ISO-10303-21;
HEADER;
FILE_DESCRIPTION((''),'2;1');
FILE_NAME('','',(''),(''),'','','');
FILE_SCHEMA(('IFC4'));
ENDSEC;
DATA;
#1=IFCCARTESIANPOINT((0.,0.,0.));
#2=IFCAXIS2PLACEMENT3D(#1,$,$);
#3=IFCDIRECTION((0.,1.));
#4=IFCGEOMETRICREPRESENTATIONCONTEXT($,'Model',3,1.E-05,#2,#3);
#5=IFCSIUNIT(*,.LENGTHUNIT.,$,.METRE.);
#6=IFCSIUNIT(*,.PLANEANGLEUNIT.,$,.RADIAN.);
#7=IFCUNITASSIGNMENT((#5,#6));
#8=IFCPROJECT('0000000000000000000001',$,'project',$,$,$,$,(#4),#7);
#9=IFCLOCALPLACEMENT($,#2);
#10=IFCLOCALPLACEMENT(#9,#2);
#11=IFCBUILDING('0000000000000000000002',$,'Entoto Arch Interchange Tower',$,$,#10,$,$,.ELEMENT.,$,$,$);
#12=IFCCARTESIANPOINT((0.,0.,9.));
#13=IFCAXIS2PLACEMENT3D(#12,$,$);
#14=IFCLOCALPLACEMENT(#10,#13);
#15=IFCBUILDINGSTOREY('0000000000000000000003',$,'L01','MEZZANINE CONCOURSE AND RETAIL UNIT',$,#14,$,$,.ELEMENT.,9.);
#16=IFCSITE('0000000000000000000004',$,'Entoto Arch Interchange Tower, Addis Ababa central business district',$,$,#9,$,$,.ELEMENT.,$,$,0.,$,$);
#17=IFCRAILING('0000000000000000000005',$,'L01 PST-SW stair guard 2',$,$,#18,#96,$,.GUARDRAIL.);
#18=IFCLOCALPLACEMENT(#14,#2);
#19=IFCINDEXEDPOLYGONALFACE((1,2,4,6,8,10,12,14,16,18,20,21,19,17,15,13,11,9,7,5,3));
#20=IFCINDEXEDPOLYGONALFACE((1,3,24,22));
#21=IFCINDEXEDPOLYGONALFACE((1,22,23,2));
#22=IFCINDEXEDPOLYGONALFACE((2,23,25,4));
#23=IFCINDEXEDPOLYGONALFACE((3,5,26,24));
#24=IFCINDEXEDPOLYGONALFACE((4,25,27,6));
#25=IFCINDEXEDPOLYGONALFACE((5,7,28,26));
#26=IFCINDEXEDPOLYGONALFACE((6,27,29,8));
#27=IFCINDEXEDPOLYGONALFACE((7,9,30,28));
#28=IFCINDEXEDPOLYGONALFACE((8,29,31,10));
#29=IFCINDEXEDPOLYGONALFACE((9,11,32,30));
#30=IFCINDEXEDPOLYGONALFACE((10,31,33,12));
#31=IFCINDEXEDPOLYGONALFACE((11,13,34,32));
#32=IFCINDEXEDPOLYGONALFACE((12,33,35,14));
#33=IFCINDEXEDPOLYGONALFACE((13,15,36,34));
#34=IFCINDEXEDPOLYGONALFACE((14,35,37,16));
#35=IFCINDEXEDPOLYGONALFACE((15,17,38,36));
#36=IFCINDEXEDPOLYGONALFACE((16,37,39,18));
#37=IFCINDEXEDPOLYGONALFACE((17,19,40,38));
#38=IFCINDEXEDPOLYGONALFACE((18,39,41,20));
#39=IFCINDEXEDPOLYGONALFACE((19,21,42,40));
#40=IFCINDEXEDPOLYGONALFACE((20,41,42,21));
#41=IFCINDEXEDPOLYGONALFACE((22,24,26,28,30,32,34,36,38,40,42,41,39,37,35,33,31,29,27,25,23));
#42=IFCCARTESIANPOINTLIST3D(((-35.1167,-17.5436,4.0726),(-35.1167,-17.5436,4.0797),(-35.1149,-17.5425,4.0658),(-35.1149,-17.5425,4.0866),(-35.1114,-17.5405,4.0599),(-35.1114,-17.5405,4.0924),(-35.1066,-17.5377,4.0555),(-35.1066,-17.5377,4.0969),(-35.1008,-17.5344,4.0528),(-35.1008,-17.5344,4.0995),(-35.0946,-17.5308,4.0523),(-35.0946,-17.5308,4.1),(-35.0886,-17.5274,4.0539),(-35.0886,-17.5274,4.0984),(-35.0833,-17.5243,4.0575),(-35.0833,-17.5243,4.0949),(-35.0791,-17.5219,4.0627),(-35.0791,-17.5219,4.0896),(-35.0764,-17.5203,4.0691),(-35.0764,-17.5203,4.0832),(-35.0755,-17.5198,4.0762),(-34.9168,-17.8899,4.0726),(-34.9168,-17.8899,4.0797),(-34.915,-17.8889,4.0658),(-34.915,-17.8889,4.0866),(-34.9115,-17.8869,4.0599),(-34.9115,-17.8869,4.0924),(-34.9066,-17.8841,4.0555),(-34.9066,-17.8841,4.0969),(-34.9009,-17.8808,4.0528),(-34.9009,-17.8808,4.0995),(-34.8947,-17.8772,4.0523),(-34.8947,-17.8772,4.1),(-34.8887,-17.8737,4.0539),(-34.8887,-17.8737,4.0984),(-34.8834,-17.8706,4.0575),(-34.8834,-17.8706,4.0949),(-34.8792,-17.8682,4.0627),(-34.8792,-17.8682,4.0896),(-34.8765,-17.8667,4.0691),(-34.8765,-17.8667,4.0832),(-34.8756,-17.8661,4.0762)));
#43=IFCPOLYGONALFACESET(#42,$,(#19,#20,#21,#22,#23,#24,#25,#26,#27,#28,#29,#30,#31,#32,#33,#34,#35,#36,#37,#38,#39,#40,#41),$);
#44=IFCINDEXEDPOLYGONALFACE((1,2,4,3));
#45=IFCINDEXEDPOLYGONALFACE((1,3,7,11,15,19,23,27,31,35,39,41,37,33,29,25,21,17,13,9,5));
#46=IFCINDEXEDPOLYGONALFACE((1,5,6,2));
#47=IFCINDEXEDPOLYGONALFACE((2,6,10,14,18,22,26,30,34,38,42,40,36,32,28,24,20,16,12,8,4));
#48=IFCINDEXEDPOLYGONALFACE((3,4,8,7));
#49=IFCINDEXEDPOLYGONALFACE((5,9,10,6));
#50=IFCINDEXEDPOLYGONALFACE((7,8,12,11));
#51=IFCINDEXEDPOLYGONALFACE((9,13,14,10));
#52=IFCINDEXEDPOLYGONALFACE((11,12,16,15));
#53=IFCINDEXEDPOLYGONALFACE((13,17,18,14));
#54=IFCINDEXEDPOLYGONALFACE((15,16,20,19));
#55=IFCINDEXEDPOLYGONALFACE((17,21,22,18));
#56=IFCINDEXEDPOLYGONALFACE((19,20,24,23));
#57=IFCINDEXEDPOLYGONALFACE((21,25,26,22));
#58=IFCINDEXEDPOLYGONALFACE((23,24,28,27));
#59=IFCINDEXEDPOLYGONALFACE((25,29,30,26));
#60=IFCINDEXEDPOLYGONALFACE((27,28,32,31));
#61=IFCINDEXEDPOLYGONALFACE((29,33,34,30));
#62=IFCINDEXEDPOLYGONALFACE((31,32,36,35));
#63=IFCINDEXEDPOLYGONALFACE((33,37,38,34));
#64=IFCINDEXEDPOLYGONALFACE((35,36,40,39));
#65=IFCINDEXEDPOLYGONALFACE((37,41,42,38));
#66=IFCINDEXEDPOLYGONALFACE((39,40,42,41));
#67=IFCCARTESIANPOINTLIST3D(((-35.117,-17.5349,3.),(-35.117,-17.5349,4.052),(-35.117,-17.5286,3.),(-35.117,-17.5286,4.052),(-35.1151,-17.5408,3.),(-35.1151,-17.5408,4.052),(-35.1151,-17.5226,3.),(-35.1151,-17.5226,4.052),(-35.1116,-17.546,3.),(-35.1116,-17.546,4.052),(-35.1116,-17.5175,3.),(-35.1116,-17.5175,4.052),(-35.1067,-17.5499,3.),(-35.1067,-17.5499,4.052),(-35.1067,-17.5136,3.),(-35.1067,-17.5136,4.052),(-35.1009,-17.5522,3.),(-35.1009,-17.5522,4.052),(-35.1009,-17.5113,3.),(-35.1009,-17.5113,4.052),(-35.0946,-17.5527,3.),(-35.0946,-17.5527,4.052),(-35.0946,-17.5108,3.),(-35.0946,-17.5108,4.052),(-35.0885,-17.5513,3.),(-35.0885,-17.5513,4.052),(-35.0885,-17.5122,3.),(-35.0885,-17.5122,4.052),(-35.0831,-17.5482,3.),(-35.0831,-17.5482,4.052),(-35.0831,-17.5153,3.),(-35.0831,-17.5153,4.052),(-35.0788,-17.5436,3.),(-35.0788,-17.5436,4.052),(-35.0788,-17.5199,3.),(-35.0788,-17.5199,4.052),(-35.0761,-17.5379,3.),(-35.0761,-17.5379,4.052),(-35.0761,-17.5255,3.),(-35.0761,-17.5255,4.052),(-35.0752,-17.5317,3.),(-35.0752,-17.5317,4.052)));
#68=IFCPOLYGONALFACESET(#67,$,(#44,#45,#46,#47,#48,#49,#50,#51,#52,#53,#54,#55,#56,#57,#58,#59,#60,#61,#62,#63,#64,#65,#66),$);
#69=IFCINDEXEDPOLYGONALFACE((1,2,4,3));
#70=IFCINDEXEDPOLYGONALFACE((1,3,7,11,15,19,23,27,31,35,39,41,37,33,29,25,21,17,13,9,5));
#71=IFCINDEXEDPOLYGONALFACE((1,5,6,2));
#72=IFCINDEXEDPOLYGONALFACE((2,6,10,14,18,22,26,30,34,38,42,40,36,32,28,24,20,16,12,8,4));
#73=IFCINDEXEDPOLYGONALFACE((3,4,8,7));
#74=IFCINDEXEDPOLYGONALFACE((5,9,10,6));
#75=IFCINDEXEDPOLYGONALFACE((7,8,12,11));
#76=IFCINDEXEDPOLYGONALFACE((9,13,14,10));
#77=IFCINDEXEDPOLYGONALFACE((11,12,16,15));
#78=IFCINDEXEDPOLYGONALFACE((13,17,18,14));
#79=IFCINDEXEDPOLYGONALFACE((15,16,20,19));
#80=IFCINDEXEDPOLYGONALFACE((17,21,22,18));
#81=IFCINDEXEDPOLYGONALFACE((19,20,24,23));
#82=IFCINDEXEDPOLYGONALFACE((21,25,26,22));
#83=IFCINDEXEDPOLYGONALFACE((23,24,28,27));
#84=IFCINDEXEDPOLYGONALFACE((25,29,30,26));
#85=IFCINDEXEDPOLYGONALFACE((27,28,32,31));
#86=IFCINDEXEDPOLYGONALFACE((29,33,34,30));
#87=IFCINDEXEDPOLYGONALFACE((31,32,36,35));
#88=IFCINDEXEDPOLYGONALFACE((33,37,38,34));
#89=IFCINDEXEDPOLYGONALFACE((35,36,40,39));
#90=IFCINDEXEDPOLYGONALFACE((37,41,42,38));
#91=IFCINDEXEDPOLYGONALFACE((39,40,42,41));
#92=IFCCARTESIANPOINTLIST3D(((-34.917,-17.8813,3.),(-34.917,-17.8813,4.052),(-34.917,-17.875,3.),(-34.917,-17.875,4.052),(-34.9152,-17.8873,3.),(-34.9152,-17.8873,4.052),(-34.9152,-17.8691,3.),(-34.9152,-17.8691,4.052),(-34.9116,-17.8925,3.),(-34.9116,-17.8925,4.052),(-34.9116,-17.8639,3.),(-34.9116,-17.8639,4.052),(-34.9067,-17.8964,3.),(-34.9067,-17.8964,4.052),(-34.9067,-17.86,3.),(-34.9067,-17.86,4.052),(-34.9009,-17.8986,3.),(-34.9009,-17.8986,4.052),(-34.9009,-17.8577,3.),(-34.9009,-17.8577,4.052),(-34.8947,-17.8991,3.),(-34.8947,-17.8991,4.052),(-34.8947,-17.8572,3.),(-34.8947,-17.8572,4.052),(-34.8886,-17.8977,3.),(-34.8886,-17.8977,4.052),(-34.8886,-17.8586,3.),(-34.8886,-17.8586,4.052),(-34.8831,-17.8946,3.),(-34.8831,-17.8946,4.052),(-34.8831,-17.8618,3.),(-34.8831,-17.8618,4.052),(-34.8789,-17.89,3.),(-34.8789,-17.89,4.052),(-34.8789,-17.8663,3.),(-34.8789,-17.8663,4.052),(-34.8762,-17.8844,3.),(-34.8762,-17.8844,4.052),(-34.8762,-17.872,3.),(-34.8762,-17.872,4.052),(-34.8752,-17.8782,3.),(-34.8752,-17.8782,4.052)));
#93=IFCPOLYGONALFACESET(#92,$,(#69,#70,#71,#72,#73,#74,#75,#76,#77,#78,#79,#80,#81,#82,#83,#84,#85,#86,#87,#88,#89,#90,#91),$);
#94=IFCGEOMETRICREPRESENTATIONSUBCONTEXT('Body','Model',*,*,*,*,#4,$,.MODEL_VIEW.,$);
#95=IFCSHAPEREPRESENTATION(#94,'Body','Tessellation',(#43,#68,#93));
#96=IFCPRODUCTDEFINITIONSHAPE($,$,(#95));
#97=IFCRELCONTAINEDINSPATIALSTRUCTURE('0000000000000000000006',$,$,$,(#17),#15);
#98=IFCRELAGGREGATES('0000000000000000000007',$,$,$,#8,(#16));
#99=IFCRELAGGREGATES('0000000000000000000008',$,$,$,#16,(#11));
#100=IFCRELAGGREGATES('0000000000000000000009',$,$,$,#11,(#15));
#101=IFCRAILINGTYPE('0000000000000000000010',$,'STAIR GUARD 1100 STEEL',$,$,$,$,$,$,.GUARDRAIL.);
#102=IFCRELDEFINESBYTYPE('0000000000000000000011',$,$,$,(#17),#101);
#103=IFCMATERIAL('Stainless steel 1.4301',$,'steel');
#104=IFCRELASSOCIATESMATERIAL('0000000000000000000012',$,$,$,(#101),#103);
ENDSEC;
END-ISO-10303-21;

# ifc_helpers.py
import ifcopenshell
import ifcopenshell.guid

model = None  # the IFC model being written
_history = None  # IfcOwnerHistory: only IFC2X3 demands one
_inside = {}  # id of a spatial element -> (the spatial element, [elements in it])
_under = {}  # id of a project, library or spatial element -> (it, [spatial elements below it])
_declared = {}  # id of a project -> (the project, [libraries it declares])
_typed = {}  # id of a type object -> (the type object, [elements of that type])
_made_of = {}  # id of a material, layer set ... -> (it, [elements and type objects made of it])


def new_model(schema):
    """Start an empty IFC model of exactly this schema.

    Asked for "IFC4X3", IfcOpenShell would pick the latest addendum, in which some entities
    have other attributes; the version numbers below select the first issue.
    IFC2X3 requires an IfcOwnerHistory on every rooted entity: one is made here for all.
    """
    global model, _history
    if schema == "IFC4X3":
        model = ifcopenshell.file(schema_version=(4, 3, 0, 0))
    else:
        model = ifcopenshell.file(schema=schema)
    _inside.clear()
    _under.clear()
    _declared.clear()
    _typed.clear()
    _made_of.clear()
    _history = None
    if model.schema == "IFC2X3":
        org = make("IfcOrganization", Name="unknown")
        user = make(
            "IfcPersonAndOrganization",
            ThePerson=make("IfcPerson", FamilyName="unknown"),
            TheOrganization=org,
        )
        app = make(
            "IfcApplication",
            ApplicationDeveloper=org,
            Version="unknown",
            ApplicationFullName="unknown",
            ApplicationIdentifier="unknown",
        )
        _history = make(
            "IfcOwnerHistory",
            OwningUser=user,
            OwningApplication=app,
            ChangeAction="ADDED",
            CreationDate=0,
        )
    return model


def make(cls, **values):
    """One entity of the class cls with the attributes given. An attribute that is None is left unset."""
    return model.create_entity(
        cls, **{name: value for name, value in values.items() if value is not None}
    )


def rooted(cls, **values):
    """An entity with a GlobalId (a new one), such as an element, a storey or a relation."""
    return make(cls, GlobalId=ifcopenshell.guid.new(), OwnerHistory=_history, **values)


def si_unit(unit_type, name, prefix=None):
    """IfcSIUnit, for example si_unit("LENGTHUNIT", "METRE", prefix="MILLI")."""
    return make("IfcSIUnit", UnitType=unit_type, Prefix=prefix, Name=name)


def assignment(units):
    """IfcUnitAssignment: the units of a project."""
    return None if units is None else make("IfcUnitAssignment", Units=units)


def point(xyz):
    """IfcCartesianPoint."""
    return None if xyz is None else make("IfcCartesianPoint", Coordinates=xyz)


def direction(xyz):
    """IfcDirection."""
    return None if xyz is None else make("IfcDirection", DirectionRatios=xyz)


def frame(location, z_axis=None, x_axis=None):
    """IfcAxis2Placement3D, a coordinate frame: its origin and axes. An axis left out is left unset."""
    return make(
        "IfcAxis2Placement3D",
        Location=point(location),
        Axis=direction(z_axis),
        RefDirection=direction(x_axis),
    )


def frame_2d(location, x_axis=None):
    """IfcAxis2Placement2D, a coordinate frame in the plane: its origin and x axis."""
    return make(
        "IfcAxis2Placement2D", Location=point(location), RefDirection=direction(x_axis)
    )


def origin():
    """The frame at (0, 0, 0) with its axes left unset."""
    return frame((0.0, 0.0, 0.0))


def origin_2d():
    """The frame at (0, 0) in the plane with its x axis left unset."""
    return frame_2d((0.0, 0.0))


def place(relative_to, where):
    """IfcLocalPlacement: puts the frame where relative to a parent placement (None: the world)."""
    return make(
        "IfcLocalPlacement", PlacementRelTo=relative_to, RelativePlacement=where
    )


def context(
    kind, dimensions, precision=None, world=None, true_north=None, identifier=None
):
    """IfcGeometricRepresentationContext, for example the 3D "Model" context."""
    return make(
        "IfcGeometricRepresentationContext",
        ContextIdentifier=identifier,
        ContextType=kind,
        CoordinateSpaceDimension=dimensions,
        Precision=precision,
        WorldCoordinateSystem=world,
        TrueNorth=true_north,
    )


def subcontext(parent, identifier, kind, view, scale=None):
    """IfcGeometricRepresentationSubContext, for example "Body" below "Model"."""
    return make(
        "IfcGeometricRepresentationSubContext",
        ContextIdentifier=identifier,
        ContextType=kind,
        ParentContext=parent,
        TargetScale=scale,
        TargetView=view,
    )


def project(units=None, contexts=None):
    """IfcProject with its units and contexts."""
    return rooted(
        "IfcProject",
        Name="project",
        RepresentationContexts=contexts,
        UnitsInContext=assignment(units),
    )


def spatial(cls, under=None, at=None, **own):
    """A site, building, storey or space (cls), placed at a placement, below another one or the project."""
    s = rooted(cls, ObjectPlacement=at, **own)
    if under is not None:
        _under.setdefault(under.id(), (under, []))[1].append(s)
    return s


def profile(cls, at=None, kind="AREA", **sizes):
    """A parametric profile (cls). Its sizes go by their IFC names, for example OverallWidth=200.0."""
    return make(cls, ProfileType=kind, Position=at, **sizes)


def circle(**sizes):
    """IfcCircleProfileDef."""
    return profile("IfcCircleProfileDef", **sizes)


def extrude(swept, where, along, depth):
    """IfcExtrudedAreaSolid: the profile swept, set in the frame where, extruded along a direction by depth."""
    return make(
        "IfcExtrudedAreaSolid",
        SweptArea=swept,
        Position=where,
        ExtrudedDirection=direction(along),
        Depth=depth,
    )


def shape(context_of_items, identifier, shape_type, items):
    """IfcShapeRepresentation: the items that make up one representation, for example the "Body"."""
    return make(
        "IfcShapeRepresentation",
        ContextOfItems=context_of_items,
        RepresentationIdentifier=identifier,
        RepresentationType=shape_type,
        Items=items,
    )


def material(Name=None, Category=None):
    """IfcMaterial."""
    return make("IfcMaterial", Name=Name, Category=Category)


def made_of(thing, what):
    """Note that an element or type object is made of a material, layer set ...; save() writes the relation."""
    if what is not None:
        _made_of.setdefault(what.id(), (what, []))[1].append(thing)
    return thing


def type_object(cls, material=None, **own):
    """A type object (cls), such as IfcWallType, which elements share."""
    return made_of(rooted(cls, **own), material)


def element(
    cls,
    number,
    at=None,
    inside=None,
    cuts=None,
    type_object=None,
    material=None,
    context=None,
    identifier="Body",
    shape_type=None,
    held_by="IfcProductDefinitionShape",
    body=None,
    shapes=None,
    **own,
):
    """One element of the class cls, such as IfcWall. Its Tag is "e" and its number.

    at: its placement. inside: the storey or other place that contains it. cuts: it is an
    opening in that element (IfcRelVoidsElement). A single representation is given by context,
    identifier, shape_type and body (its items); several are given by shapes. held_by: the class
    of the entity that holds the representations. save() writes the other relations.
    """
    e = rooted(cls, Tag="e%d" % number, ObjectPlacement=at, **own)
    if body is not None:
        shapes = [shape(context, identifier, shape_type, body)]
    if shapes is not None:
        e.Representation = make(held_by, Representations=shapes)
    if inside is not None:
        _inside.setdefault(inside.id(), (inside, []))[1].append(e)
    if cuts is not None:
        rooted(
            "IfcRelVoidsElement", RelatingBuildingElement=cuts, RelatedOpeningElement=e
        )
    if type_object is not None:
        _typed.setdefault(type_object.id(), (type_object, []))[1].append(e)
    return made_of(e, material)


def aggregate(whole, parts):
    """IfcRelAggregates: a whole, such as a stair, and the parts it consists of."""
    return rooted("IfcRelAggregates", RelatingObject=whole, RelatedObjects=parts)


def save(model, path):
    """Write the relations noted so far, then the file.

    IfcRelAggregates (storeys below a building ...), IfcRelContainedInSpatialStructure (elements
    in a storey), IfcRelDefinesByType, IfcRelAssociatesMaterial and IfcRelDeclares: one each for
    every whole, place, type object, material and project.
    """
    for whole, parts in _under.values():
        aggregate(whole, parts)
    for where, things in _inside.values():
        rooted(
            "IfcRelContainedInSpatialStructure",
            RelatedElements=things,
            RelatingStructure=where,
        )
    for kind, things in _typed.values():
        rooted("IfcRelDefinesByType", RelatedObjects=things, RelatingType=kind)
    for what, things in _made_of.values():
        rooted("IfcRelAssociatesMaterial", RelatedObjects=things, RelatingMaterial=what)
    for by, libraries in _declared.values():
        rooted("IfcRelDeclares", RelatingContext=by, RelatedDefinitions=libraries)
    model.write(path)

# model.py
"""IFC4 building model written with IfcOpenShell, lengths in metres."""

from ifc_helpers import new_model, si_unit, direction, frame, origin, origin_2d, place, context, subcontext, project, spatial, circle, extrude, material, type_object, element, save


model = new_model("IFC4")

# Units and contexts
model_context = context("Model", 3, precision=1e-05, world=origin(), true_north=direction((0.0, 1.0)))
body_context = subcontext(model_context, "Body", "Model", "MODEL_VIEW")
ifc_project = project(units=[si_unit("LENGTHUNIT", "METRE"), si_unit("PLANEANGLEUNIT", "RADIAN")], contexts=[model_context])

# Site, building, storey
site_placement = place(None, origin())
site = spatial("IfcSite", under=ifc_project, at=site_placement, Name="Entoto Arch Interchange Tower, Addis Ababa central business district", CompositionType="ELEMENT", RefElevation=0.0)
building_placement = place(site_placement, origin())
building = spatial("IfcBuilding", under=site, at=building_placement, Name="Entoto Arch Interchange Tower", CompositionType="ELEMENT")
storey_placement = place(building_placement, frame((0.0, 0.0, 9.0)))
storey = spatial("IfcBuildingStorey", under=building, at=storey_placement, Name="L01", Description="MEZZANINE CONCOURSE AND RETAIL UNIT", CompositionType="ELEMENT", Elevation=9.0)

# Railing
ifc_material_1 = material(Name="Stainless steel 1.4301", Category="steel")
railing_type_1 = type_object("IfcRailingType", Name="STAIR GUARD 1100 STEEL", PredefinedType="GUARDRAIL", material=ifc_material_1)
railing_1_placement = place(storey_placement, frame((-35.0962, -17.5317, 3.0)))
element("IfcRailing", 1, at=railing_1_placement, inside=storey, type_object=railing_type_1, Name="L01 PST-SW stair guard 2", PredefinedType="GUARDRAIL", context=body_context, shape_type="SweptSolid", body=[
    extrude(circle(Radius=0.0239, at=origin_2d()), frame((0.0, 0.0, 1.0762), z_axis=(0.499881, -0.866094, 0.0), x_axis=(0.866094, 0.499881, 0.0)), (0.0, 0.0, 1.0), 0.3999),
    extrude(circle(Radius=0.021, at=origin_2d()), origin(), (0.0, 0.0, 1.0), 1.052),
    extrude(circle(Radius=0.021, at=origin_2d()), frame((0.2, -0.3464, 0.0)), (0.0, 0.0, 1.0), 1.052),
])

save(model, "model.ifc")
